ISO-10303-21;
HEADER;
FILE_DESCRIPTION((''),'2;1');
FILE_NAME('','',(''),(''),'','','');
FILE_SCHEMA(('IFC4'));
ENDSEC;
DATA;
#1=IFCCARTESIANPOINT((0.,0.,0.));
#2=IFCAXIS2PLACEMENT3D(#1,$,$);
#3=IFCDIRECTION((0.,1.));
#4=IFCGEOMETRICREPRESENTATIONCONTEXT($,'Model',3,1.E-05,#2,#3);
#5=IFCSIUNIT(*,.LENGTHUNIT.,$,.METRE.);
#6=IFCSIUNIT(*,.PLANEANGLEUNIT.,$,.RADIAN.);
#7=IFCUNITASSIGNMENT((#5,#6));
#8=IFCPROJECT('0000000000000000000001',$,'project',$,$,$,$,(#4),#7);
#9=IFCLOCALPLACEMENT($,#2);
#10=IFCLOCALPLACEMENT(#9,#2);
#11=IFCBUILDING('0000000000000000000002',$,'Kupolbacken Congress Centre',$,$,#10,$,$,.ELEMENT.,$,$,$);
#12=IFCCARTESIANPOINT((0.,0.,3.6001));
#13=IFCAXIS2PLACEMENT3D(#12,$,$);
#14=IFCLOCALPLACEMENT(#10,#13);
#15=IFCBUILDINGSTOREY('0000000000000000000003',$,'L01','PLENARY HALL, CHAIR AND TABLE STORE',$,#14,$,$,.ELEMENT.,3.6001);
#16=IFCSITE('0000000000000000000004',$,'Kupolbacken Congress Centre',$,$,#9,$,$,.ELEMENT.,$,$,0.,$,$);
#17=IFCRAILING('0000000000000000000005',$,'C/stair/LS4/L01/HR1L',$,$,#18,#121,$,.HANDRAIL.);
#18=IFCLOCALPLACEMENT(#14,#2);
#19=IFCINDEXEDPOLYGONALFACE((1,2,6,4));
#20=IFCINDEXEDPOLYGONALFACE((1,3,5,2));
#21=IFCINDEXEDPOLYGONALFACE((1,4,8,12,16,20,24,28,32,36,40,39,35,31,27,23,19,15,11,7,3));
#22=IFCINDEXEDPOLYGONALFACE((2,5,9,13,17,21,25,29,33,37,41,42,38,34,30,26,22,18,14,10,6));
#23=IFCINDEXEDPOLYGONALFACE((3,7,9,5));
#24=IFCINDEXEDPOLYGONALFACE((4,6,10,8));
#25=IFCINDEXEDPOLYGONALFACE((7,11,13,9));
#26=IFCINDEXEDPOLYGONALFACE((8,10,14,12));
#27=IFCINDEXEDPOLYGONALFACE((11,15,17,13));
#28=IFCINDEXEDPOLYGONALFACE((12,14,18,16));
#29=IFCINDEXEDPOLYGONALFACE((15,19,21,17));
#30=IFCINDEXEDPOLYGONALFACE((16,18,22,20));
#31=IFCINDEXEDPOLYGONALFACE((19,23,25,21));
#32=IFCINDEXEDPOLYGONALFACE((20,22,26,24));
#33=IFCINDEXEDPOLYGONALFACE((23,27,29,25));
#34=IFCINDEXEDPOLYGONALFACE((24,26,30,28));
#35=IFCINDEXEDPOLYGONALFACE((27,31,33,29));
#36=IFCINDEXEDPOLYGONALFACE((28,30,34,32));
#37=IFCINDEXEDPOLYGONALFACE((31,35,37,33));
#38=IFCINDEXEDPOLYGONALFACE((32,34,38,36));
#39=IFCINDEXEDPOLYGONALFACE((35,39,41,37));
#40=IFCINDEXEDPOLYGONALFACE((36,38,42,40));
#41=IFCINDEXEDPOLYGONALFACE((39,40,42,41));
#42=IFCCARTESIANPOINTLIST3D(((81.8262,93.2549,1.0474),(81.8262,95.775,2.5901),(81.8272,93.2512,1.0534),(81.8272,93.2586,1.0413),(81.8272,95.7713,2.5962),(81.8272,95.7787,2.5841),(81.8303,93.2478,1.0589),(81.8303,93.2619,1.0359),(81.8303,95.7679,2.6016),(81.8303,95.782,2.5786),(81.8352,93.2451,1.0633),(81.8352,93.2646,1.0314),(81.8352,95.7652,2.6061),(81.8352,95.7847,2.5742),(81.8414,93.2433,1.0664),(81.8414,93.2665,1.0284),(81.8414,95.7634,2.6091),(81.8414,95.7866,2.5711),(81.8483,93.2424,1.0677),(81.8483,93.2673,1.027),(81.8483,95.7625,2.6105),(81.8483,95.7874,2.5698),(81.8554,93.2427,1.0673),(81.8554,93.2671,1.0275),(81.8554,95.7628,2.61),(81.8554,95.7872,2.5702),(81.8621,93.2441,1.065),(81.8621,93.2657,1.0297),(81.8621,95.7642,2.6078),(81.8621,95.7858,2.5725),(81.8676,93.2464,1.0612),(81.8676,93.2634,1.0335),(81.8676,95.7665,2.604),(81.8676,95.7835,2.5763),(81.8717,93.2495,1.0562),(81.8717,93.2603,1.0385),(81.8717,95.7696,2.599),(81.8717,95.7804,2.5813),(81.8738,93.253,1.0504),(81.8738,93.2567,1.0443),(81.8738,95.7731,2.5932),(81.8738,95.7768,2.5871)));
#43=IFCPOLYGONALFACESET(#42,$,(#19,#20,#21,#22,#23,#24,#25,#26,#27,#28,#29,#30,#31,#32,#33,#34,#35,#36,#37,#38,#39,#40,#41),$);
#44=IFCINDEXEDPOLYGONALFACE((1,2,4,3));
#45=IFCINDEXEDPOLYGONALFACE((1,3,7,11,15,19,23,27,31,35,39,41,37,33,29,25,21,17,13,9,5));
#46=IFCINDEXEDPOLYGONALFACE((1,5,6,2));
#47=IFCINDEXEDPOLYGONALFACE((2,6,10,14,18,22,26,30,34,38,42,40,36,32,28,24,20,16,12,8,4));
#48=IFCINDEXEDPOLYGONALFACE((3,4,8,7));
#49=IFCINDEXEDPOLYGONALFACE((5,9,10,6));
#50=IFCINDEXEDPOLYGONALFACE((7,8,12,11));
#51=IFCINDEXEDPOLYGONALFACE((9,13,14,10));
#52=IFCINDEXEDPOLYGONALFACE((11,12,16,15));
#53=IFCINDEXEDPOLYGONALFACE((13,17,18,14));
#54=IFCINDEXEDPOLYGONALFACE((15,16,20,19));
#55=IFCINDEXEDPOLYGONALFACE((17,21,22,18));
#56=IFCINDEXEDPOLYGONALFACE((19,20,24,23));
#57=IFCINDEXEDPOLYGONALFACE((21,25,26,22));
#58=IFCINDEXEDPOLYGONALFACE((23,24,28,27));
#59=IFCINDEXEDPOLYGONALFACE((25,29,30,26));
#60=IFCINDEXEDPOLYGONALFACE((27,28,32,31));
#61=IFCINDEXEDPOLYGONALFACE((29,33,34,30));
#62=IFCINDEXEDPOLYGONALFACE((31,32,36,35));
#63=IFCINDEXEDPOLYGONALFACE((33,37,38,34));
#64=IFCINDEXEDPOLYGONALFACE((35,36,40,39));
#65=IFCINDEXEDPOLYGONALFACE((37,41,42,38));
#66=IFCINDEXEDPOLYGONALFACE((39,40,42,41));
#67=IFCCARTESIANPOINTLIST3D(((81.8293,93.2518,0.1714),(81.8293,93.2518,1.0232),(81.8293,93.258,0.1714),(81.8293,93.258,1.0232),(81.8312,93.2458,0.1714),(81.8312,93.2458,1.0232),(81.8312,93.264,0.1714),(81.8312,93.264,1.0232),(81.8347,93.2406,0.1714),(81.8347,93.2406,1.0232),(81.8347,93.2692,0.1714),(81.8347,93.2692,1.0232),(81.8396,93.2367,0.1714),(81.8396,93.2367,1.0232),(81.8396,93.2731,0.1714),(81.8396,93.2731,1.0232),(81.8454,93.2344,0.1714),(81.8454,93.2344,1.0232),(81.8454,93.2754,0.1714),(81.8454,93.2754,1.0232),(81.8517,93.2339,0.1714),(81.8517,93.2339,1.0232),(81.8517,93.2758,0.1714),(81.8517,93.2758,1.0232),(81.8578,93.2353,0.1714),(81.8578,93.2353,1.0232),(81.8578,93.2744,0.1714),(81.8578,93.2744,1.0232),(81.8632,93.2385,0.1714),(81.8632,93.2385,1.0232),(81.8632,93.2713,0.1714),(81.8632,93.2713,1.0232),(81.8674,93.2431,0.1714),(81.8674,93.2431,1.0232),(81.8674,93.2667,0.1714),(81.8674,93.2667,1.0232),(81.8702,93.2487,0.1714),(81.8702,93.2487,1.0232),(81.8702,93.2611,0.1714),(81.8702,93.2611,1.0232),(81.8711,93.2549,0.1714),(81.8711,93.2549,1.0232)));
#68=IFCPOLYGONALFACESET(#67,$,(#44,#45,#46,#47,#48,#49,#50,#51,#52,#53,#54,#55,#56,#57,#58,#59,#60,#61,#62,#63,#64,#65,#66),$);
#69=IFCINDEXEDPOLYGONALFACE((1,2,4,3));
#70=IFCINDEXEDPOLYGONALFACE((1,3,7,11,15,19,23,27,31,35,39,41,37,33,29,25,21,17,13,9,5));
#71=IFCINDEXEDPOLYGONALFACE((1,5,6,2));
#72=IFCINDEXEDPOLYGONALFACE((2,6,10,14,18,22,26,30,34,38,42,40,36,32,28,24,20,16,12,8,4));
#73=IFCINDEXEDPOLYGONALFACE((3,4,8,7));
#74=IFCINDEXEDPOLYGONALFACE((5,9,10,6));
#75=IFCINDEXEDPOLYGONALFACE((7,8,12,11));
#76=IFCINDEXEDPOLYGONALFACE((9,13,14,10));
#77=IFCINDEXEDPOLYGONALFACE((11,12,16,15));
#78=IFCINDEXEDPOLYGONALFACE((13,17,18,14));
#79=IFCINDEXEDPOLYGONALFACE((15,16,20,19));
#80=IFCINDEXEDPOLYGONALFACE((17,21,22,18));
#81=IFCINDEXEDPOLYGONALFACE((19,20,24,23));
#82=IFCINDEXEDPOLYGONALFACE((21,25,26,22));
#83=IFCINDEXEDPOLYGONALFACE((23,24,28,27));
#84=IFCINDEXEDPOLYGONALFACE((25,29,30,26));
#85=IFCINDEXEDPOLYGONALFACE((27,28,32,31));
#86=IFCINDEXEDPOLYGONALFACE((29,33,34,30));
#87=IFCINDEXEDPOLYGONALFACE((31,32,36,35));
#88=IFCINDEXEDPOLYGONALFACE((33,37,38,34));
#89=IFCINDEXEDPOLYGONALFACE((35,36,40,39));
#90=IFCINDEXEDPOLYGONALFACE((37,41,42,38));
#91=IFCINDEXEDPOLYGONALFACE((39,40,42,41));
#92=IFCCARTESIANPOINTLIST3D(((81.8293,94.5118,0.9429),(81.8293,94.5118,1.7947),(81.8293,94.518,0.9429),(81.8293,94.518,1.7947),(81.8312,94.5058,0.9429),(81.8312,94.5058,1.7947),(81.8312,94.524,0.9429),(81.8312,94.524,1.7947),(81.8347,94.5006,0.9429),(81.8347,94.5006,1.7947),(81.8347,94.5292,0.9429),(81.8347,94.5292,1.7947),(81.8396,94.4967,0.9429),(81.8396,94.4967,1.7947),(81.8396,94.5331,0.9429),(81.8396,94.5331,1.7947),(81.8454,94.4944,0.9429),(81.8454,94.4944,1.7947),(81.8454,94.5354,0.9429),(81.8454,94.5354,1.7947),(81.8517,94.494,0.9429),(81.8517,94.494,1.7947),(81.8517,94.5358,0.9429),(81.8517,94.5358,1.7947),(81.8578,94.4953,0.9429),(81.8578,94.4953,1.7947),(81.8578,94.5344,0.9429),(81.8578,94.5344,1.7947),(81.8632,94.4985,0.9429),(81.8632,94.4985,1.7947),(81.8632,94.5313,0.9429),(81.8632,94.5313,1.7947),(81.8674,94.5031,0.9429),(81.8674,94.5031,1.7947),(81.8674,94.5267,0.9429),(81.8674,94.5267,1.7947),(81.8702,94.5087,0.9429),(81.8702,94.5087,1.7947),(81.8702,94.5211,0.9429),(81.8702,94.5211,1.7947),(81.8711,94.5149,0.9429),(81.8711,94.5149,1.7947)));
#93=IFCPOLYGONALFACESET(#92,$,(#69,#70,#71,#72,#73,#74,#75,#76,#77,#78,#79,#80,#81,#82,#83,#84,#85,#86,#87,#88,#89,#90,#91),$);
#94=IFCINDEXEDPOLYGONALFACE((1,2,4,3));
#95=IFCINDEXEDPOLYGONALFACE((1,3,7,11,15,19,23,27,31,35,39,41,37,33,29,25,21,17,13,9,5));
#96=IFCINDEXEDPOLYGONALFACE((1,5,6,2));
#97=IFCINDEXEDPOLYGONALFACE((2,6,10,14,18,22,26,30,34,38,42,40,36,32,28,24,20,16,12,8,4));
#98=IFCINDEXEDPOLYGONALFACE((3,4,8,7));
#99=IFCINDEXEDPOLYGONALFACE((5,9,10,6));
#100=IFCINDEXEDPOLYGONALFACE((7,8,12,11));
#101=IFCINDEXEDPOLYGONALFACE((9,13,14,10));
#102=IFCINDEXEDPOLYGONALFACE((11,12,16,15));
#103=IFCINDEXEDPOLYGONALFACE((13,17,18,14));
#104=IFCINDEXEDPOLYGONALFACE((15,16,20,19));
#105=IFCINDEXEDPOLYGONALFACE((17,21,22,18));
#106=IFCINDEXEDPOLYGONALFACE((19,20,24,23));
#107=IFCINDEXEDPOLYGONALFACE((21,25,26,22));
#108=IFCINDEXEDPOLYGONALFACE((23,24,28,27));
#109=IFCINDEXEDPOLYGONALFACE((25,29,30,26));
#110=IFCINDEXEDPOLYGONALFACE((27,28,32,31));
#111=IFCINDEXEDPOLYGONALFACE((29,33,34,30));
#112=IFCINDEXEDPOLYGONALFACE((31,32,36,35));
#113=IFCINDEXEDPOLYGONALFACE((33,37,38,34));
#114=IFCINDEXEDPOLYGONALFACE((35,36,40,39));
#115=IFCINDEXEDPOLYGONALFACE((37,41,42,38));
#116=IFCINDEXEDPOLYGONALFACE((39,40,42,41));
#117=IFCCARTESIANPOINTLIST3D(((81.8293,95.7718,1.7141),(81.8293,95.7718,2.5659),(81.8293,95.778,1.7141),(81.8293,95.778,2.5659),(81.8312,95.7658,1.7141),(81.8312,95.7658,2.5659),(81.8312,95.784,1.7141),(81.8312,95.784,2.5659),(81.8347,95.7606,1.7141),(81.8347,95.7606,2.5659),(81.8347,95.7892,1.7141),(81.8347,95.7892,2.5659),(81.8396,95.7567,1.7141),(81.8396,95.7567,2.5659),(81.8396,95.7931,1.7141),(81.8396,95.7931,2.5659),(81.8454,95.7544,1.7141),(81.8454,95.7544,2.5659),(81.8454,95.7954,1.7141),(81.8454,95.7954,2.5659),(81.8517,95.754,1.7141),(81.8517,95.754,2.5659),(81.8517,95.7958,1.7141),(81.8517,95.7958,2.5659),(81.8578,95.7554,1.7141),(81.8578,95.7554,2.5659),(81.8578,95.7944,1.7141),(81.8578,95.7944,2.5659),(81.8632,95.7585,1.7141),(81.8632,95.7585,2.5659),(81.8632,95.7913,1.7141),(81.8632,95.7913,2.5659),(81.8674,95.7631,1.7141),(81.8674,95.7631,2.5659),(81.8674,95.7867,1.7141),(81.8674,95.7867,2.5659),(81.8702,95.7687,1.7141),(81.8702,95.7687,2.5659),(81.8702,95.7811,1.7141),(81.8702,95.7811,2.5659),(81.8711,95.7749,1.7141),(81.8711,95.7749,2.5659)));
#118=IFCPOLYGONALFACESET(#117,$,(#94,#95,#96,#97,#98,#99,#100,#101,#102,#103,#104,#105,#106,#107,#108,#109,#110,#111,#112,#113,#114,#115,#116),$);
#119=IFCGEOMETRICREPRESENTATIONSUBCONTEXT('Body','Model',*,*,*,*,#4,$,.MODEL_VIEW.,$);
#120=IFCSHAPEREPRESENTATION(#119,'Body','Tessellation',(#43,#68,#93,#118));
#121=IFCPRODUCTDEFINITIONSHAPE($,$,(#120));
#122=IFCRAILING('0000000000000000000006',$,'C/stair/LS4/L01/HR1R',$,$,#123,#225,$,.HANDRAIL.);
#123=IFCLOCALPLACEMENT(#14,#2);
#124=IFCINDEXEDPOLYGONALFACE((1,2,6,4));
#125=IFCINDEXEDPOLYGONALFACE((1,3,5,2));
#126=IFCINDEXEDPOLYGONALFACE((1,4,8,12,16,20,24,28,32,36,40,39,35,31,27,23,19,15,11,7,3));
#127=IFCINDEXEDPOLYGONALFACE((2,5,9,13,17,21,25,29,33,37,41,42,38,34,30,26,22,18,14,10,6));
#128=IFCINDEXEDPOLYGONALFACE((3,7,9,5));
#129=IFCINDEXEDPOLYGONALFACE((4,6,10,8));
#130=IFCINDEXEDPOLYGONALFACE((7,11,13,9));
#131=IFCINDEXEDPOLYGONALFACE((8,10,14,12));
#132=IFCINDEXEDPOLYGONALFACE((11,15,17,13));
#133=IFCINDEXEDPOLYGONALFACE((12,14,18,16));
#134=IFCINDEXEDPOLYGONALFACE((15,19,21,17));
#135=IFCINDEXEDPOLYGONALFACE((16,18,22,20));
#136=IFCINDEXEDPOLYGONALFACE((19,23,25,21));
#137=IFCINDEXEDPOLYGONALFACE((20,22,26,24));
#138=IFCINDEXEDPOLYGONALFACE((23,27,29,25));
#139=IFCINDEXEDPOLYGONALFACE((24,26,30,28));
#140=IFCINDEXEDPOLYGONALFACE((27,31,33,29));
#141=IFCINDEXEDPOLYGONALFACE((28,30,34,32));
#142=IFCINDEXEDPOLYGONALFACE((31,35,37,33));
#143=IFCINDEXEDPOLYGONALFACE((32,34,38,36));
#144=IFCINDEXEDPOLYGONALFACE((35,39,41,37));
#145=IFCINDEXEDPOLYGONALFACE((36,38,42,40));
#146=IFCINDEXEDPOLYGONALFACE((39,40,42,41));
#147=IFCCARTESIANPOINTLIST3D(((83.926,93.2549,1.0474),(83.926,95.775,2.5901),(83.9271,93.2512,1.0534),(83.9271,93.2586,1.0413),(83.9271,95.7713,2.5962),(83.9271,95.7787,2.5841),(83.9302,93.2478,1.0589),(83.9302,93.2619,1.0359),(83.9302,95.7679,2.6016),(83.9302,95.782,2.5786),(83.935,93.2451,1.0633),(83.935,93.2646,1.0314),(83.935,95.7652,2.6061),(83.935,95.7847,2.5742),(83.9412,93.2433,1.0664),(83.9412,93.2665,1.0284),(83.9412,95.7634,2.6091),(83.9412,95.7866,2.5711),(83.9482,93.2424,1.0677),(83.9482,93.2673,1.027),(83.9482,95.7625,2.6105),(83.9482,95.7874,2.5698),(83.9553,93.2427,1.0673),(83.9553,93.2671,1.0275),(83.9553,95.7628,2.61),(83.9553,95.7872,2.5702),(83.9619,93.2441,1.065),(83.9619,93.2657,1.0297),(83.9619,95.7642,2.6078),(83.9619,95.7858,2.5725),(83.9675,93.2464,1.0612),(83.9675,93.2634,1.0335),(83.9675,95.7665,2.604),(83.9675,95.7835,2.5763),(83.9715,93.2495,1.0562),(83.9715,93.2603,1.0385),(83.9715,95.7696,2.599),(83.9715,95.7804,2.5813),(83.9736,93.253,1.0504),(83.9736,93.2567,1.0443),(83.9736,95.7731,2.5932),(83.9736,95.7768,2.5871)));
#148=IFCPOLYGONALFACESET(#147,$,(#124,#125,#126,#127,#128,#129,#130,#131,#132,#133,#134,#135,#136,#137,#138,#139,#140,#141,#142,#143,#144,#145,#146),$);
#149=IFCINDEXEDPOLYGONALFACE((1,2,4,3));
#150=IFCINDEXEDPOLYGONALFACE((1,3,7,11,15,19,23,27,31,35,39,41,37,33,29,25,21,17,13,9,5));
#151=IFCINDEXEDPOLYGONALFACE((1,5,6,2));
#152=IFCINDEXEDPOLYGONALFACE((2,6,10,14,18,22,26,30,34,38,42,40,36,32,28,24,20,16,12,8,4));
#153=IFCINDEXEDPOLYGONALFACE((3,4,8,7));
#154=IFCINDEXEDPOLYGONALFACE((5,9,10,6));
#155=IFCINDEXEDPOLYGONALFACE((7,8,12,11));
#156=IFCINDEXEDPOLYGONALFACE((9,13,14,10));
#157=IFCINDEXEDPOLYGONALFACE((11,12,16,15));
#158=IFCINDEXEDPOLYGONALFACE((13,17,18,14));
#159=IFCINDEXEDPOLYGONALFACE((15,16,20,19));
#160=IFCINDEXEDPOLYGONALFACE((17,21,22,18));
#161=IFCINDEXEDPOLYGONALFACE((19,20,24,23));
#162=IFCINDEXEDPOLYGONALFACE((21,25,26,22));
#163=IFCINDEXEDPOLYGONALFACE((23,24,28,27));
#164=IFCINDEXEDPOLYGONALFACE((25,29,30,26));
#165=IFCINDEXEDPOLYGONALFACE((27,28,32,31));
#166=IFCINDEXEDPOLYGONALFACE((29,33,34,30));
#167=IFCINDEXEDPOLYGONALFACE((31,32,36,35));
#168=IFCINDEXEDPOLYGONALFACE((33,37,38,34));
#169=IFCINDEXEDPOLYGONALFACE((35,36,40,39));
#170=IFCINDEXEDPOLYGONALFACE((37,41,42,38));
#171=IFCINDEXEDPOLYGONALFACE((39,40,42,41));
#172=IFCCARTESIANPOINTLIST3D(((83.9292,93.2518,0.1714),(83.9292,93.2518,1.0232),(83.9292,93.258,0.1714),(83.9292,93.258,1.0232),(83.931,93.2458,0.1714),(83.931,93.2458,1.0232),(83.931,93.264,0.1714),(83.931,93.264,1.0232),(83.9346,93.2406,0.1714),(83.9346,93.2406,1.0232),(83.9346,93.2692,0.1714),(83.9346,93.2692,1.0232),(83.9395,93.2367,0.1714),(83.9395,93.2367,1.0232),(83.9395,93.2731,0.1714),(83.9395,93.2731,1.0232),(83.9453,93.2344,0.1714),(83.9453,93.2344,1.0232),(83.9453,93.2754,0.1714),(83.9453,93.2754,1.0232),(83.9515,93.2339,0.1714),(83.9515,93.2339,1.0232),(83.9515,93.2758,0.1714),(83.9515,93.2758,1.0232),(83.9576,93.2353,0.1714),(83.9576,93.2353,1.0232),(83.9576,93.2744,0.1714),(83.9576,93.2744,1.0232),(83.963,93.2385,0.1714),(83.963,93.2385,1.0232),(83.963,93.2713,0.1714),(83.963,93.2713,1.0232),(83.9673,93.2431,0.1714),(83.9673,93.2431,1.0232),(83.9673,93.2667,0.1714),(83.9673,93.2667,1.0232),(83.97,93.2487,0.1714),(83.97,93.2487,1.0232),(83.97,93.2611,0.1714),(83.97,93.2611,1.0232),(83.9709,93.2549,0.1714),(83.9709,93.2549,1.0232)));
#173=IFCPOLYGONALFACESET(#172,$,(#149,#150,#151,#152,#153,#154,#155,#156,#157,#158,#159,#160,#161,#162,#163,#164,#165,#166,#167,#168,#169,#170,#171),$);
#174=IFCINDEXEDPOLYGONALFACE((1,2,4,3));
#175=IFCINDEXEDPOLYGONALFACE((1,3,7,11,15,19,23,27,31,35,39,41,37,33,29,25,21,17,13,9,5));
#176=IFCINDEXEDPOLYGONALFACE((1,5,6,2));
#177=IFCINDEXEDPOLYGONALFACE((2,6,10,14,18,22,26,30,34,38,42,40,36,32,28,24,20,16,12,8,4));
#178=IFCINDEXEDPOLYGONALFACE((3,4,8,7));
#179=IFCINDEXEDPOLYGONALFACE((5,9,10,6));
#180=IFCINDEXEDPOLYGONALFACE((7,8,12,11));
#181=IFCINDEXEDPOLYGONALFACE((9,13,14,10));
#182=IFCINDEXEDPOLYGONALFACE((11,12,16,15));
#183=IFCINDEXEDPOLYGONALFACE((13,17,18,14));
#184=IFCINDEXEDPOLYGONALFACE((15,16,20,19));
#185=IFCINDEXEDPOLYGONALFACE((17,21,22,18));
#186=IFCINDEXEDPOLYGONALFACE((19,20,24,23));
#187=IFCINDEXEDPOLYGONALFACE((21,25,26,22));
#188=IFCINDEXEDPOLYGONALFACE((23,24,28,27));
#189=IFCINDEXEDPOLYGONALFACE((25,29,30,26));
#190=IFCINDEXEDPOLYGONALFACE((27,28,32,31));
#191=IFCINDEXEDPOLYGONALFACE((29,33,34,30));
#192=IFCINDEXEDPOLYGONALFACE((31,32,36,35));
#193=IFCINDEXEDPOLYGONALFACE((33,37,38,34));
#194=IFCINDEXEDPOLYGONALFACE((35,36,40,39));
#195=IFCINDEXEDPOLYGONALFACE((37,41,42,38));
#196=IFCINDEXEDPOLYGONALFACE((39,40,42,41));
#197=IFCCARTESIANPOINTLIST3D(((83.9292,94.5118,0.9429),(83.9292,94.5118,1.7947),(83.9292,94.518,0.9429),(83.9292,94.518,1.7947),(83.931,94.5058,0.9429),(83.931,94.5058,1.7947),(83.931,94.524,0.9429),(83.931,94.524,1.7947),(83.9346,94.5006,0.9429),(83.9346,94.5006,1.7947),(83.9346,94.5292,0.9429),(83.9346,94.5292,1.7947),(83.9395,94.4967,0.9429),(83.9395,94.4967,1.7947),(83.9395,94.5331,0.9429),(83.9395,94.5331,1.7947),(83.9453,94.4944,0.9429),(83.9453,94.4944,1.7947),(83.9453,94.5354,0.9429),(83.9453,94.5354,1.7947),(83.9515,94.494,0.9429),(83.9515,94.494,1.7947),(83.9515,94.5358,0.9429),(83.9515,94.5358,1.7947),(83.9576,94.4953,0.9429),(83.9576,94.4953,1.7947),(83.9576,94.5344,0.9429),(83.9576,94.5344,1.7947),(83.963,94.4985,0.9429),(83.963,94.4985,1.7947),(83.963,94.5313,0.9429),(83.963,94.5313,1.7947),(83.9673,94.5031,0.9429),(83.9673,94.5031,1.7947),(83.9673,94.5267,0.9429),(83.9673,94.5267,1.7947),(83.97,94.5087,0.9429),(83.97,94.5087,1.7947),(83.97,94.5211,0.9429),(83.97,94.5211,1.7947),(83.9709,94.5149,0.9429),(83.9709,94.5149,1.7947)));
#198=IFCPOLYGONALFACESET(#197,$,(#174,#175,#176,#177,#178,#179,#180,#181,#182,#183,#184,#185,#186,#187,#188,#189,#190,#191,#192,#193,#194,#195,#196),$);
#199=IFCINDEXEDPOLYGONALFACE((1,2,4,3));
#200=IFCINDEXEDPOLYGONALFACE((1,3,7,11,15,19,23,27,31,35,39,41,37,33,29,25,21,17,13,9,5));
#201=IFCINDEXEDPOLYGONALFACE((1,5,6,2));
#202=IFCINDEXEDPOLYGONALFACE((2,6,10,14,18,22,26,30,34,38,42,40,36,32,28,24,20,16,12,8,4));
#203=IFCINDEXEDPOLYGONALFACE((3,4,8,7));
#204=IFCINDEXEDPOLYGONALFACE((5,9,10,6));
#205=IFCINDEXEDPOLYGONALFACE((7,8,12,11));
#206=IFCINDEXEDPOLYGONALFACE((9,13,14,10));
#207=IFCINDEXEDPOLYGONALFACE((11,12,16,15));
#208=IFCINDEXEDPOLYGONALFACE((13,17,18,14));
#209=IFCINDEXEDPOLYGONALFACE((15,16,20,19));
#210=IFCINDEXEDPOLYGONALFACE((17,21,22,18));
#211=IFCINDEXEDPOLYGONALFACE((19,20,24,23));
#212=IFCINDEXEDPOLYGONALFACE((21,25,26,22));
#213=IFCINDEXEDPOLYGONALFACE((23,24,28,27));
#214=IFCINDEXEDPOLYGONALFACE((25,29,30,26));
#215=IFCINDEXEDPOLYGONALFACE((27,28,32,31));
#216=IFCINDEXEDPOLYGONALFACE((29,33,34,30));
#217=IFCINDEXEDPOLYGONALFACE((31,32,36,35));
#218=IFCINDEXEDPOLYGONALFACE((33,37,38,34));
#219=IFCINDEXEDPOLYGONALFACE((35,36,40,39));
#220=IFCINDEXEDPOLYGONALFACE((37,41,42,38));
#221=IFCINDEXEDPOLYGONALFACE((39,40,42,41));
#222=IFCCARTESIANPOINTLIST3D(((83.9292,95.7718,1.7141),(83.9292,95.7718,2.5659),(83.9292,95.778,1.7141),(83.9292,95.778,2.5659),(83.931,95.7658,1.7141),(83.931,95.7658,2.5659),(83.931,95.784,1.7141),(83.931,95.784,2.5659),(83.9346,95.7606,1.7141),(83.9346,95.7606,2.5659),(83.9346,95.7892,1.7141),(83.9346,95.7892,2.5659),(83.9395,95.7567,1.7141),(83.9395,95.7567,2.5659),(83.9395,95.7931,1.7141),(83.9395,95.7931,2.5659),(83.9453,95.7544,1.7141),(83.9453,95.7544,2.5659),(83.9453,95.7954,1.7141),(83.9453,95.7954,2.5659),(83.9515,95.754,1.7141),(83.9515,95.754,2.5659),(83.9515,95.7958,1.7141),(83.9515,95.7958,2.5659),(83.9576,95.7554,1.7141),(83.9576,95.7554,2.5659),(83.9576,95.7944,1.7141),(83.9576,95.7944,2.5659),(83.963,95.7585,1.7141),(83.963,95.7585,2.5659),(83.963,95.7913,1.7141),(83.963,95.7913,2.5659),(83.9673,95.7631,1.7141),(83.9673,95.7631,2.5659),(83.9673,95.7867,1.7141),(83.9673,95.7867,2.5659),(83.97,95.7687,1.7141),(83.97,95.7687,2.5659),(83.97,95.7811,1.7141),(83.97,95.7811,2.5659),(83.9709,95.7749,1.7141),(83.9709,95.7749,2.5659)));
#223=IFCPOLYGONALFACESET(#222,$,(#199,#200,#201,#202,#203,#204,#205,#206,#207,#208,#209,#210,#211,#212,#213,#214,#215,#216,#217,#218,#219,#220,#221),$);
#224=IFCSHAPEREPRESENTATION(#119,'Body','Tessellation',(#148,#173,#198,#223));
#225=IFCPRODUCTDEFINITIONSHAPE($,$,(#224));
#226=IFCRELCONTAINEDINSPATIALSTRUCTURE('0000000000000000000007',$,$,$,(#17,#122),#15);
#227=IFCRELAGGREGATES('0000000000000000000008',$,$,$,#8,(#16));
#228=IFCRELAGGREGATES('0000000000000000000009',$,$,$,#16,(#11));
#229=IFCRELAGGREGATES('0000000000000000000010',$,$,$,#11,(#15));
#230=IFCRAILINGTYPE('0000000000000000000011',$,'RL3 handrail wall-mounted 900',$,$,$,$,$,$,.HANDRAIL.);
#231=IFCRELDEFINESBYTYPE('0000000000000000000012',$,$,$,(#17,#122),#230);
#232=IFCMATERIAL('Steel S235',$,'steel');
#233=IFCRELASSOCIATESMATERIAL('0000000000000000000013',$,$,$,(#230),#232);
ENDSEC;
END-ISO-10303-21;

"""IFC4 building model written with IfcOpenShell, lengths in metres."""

from ifc_helpers import new_model, si_unit, direction, frame, origin, origin_2d, place, context, subcontext, project, spatial, circle, extrude, material, type_object, element, save


model = new_model("IFC4")

# Units and contexts
model_context = context("Model", 3, precision=1e-05, world=origin(), true_north=direction((0.0, 1.0)))
body_context = subcontext(model_context, "Body", "Model", "MODEL_VIEW")
ifc_project = project(units=[si_unit("LENGTHUNIT", "METRE"), si_unit("PLANEANGLEUNIT", "RADIAN")], contexts=[model_context])

# Site, building, storey
site_placement = place(None, origin())
site = spatial("IfcSite", under=ifc_project, at=site_placement, Name="Kupolbacken Congress Centre", CompositionType="ELEMENT", RefElevation=0.0)
building_placement = place(site_placement, origin())
building = spatial("IfcBuilding", under=site, at=building_placement, Name="Kupolbacken Congress Centre", CompositionType="ELEMENT")
storey_placement = place(building_placement, frame((0.0, 0.0, 3.6001)))
storey = spatial("IfcBuildingStorey", under=building, at=storey_placement, Name="L01", Description="PLENARY HALL, CHAIR AND TABLE STORE", CompositionType="ELEMENT", Elevation=3.6001)

# Railings
ifc_material_1 = material(Name="Steel S235", Category="steel")
railing_type = type_object("IfcRailingType", Name="RL3 handrail wall-mounted 900", PredefinedType="HANDRAIL", material=ifc_material_1)
for number, where, name in (
    (1, (81.8501, 93.2549, 0.1714), "C/stair/LS4/L01/HR1L"),
    (2, (83.95, 93.2549, 0.1714), "C/stair/LS4/L01/HR1R"),
):
    element("IfcRailing", number, at=place(storey_placement, frame(where)), inside=storey, type_object=railing_type, Name=name, PredefinedType="HANDRAIL", context=body_context, shape_type="SweptSolid", body=[
        extrude(circle(Radius=0.0239, at=origin_2d()), frame((0.0, 0.0, 0.876), z_axis=(0.0, 0.852873, 0.522118), x_axis=(-1.0, 0.0, 0.0)), (0.0, 0.0, 1.0), 2.9548),
        extrude(circle(Radius=0.021, at=origin_2d()), origin(), (0.0, 0.0, 1.0), 0.8518),
        extrude(circle(Radius=0.021, at=origin_2d()), frame((0.0, 1.26, 0.7715)), (0.0, 0.0, 1.0), 0.8518),
        extrude(circle(Radius=0.021, at=origin_2d()), frame((0.0, 2.52, 1.5427)), (0.0, 0.0, 1.0), 0.8518),
    ])

save(model, "model.ifc")
